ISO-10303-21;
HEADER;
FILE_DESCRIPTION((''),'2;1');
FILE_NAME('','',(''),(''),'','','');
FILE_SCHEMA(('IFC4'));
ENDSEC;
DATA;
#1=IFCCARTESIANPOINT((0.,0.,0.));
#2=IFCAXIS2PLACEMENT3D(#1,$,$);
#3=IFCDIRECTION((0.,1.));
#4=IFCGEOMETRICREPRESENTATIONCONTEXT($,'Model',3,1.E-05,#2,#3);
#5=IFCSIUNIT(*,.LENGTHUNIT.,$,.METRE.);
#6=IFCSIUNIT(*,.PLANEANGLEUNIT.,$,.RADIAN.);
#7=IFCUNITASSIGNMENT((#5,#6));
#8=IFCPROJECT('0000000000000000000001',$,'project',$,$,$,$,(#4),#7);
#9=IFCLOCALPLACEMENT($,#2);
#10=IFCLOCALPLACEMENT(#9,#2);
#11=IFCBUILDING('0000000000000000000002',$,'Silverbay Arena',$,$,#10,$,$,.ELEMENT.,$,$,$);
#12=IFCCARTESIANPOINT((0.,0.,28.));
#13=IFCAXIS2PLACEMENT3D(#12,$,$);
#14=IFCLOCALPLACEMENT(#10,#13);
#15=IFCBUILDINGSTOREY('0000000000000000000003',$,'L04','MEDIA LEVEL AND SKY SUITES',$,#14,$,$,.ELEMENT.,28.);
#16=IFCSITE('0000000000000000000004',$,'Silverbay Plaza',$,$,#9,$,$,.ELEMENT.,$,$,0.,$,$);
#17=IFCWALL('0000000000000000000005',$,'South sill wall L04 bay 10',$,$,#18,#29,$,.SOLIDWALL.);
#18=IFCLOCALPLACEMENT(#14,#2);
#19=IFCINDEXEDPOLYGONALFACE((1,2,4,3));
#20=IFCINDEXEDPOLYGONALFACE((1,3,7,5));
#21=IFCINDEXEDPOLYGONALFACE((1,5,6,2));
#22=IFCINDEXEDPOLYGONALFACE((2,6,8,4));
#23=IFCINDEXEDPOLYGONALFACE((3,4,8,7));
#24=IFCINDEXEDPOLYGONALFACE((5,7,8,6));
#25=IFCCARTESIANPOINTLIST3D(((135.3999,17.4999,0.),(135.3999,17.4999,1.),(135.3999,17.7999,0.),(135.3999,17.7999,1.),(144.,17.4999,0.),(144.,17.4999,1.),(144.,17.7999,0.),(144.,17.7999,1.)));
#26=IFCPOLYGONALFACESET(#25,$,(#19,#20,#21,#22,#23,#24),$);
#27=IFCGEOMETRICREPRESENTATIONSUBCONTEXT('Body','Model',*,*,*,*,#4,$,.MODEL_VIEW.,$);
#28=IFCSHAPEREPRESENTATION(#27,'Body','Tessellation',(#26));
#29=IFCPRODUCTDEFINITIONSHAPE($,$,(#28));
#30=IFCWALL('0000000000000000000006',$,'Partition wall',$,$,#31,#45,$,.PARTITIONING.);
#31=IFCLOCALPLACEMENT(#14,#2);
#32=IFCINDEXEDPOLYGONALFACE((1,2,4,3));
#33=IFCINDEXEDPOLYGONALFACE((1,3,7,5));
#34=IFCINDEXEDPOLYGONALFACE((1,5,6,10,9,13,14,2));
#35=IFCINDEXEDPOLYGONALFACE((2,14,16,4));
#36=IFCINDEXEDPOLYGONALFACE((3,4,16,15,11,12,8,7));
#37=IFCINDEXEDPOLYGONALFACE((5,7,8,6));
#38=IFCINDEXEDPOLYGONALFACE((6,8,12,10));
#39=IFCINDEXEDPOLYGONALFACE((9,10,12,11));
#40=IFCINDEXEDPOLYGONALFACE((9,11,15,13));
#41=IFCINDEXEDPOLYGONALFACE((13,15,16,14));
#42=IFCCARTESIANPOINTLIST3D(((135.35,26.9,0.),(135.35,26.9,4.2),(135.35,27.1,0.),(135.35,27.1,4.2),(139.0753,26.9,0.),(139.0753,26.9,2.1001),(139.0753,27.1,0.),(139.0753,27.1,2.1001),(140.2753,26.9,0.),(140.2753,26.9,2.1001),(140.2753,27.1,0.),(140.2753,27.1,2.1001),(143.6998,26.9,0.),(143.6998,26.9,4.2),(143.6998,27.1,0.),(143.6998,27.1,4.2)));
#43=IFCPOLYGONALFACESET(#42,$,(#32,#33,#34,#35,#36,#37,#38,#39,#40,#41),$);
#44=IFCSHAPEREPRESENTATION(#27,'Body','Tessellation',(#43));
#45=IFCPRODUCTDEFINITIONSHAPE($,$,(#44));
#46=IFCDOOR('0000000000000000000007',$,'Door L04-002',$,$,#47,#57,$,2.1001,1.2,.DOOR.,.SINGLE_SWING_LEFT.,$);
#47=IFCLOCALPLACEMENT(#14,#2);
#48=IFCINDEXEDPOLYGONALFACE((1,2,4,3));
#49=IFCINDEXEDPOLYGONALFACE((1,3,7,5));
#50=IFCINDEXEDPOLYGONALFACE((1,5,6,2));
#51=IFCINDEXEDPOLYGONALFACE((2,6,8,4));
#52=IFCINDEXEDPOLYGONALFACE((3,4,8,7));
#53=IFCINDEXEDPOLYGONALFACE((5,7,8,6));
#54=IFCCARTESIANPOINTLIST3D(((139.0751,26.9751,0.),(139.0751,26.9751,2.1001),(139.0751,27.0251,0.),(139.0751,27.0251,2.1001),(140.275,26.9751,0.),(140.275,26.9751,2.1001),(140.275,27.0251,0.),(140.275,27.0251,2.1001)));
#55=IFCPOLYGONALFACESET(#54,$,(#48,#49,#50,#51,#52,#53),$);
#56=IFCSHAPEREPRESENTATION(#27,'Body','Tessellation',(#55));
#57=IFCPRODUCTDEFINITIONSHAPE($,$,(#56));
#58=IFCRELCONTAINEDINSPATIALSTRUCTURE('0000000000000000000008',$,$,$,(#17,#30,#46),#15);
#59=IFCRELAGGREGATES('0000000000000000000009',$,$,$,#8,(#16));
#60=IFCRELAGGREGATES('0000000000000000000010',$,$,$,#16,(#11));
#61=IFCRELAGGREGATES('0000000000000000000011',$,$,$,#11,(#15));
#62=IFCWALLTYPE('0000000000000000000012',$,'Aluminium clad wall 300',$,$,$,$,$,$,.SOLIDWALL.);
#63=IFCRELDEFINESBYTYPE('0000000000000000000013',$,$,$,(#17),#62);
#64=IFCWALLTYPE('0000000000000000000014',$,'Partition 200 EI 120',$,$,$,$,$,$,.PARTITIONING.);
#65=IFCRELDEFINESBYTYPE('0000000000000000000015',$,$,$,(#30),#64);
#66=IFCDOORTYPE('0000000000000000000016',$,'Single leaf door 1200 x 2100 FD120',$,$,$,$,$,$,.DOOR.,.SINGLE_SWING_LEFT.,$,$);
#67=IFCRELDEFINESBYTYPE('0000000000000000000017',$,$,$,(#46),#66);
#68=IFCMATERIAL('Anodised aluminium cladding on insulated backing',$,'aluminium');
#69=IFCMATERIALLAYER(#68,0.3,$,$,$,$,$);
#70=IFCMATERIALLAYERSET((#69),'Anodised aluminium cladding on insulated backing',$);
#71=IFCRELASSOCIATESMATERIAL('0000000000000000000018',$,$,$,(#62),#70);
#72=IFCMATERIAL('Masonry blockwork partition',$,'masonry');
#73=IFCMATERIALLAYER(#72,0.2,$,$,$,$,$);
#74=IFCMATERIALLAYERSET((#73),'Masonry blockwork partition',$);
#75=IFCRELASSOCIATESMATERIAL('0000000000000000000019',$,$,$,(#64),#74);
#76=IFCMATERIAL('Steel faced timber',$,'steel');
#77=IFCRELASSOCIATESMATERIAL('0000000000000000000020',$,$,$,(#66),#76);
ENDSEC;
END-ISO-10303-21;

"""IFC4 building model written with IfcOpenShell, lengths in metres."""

from ifc_helpers import new_model, si_unit, direction, frame, frame_2d, origin, place, context, subcontext, project, spatial, rectangle, extrude, material, layer, layer_set, type_object, element, fill, save


model = new_model("IFC4")

# Units and contexts
model_context = context("Model", 3, precision=1e-05, world=origin(), true_north=direction((0.0, 1.0)))
body_context = subcontext(model_context, "Body", "Model", "MODEL_VIEW")
ifc_project = project(units=[si_unit("LENGTHUNIT", "METRE"), si_unit("PLANEANGLEUNIT", "RADIAN")], contexts=[model_context])

# Site, building, storey
site_placement = place(None, origin())
site = spatial("IfcSite", under=ifc_project, at=site_placement, Name="Silverbay Plaza", CompositionType="ELEMENT", RefElevation=0.0)
building_placement = place(site_placement, origin())
building = spatial("IfcBuilding", under=site, at=building_placement, Name="Silverbay Arena", CompositionType="ELEMENT")
storey_placement = place(building_placement, frame((0.0, 0.0, 28.0)))
storey = spatial("IfcBuildingStorey", under=building, at=storey_placement, Name="L04", Description="MEDIA LEVEL AND SKY SUITES", CompositionType="ELEMENT", Elevation=28.0)

# Wall
ifc_material_1 = material(Name="Anodised aluminium cladding on insulated backing", Category="aluminium")
ifc_layer_1 = layer(ifc_material_1, 0.3)
ifc_layer_set_1 = layer_set([ifc_layer_1], Name="Anodised aluminium cladding on insulated backing")
wall_type_1 = type_object("IfcWallType", Name="Aluminium clad wall 300", PredefinedType="SOLIDWALL", material=ifc_layer_set_1)
wall_1_placement = place(storey_placement, frame((135.3999, 17.6499, 0.0), z_axis=(0.0, 0.0, 1.0), x_axis=(1.0, 0.0, 0.0)))
element("IfcWall", 1, at=wall_1_placement, inside=storey, type_object=wall_type_1, Name="South sill wall L04 bay 10", PredefinedType="SOLIDWALL", context=body_context, shape_type="SweptSolid", body=[
    extrude(rectangle(XDim=8.6001, YDim=0.3, at=frame_2d((4.3, 0.0))), origin(), (0.0, 0.0, 1.0), 1.0),
])

# Wall, opening, door
ifc_material_2 = material(Name="Masonry blockwork partition", Category="masonry")
ifc_layer_2 = layer(ifc_material_2, 0.2)
ifc_layer_set_2 = layer_set([ifc_layer_2], Name="Masonry blockwork partition")
wall_type_2 = type_object("IfcWallType", Name="Partition 200 EI 120", PredefinedType="PARTITIONING", material=ifc_layer_set_2)
wall_2_placement = place(storey_placement, frame((135.3501, 27.0, 0.0), z_axis=(0.0, 0.0, 1.0), x_axis=(1.0, 0.0, 0.0)))
wall_2 = element("IfcWall", 2, at=wall_2_placement, inside=storey, type_object=wall_type_2, Name="Partition wall", PredefinedType="PARTITIONING", context=body_context, shape_type="SweptSolid", body=[
    extrude(rectangle(XDim=8.3499, YDim=0.2, at=frame_2d((4.1748, 0.0))), origin(), (0.0, 0.0, 1.0), 4.2),
])
opening_placement = place(wall_2_placement, frame((3.7251, 0.0, 0.0)))
opening = element("IfcOpeningElement", 3, at=opening_placement, cuts=wall_2, PredefinedType="OPENING", context=body_context, shape_type="SweptSolid", body=[
    extrude(rectangle(XDim=1.2, YDim=2.1001, at=frame_2d((0.6001, 1.05))), frame((0.0, 0.1099, 0.0), z_axis=(0.0, -1.0, 0.0), x_axis=(1.0, 0.0, 0.0)), (0.0, 0.0, 1.0), 0.22),
])
ifc_material_3 = material(Name="Steel faced timber", Category="steel")
door_type = type_object("IfcDoorType", Name="Single leaf door 1200 x 2100 FD120", OperationType="SINGLE_SWING_LEFT", PredefinedType="DOOR", material=ifc_material_3)
door_placement = place(opening_placement, frame((1.2, 0.0, 0.0), z_axis=(0.0, 0.0, 1.0), x_axis=(-1.0, 0.0, 0.0)))
door = element("IfcDoor", 4, at=door_placement, inside=storey, type_object=door_type, Name="Door L04-002", OperationType="SINGLE_SWING_LEFT", OverallHeight=2.1001, OverallWidth=1.2, PredefinedType="DOOR", context=body_context, shape_type="SweptSolid", body=[
    extrude(rectangle(XDim=1.2, YDim=2.1001, at=frame_2d((0.6001, 1.05))), frame((0.0, 0.0249, 0.0), z_axis=(0.0, -1.0, 0.0), x_axis=(1.0, 0.0, 0.0)), (0.0, 0.0, 1.0), 0.05),
])
fill(opening, door)

save(model, "model.ifc")
